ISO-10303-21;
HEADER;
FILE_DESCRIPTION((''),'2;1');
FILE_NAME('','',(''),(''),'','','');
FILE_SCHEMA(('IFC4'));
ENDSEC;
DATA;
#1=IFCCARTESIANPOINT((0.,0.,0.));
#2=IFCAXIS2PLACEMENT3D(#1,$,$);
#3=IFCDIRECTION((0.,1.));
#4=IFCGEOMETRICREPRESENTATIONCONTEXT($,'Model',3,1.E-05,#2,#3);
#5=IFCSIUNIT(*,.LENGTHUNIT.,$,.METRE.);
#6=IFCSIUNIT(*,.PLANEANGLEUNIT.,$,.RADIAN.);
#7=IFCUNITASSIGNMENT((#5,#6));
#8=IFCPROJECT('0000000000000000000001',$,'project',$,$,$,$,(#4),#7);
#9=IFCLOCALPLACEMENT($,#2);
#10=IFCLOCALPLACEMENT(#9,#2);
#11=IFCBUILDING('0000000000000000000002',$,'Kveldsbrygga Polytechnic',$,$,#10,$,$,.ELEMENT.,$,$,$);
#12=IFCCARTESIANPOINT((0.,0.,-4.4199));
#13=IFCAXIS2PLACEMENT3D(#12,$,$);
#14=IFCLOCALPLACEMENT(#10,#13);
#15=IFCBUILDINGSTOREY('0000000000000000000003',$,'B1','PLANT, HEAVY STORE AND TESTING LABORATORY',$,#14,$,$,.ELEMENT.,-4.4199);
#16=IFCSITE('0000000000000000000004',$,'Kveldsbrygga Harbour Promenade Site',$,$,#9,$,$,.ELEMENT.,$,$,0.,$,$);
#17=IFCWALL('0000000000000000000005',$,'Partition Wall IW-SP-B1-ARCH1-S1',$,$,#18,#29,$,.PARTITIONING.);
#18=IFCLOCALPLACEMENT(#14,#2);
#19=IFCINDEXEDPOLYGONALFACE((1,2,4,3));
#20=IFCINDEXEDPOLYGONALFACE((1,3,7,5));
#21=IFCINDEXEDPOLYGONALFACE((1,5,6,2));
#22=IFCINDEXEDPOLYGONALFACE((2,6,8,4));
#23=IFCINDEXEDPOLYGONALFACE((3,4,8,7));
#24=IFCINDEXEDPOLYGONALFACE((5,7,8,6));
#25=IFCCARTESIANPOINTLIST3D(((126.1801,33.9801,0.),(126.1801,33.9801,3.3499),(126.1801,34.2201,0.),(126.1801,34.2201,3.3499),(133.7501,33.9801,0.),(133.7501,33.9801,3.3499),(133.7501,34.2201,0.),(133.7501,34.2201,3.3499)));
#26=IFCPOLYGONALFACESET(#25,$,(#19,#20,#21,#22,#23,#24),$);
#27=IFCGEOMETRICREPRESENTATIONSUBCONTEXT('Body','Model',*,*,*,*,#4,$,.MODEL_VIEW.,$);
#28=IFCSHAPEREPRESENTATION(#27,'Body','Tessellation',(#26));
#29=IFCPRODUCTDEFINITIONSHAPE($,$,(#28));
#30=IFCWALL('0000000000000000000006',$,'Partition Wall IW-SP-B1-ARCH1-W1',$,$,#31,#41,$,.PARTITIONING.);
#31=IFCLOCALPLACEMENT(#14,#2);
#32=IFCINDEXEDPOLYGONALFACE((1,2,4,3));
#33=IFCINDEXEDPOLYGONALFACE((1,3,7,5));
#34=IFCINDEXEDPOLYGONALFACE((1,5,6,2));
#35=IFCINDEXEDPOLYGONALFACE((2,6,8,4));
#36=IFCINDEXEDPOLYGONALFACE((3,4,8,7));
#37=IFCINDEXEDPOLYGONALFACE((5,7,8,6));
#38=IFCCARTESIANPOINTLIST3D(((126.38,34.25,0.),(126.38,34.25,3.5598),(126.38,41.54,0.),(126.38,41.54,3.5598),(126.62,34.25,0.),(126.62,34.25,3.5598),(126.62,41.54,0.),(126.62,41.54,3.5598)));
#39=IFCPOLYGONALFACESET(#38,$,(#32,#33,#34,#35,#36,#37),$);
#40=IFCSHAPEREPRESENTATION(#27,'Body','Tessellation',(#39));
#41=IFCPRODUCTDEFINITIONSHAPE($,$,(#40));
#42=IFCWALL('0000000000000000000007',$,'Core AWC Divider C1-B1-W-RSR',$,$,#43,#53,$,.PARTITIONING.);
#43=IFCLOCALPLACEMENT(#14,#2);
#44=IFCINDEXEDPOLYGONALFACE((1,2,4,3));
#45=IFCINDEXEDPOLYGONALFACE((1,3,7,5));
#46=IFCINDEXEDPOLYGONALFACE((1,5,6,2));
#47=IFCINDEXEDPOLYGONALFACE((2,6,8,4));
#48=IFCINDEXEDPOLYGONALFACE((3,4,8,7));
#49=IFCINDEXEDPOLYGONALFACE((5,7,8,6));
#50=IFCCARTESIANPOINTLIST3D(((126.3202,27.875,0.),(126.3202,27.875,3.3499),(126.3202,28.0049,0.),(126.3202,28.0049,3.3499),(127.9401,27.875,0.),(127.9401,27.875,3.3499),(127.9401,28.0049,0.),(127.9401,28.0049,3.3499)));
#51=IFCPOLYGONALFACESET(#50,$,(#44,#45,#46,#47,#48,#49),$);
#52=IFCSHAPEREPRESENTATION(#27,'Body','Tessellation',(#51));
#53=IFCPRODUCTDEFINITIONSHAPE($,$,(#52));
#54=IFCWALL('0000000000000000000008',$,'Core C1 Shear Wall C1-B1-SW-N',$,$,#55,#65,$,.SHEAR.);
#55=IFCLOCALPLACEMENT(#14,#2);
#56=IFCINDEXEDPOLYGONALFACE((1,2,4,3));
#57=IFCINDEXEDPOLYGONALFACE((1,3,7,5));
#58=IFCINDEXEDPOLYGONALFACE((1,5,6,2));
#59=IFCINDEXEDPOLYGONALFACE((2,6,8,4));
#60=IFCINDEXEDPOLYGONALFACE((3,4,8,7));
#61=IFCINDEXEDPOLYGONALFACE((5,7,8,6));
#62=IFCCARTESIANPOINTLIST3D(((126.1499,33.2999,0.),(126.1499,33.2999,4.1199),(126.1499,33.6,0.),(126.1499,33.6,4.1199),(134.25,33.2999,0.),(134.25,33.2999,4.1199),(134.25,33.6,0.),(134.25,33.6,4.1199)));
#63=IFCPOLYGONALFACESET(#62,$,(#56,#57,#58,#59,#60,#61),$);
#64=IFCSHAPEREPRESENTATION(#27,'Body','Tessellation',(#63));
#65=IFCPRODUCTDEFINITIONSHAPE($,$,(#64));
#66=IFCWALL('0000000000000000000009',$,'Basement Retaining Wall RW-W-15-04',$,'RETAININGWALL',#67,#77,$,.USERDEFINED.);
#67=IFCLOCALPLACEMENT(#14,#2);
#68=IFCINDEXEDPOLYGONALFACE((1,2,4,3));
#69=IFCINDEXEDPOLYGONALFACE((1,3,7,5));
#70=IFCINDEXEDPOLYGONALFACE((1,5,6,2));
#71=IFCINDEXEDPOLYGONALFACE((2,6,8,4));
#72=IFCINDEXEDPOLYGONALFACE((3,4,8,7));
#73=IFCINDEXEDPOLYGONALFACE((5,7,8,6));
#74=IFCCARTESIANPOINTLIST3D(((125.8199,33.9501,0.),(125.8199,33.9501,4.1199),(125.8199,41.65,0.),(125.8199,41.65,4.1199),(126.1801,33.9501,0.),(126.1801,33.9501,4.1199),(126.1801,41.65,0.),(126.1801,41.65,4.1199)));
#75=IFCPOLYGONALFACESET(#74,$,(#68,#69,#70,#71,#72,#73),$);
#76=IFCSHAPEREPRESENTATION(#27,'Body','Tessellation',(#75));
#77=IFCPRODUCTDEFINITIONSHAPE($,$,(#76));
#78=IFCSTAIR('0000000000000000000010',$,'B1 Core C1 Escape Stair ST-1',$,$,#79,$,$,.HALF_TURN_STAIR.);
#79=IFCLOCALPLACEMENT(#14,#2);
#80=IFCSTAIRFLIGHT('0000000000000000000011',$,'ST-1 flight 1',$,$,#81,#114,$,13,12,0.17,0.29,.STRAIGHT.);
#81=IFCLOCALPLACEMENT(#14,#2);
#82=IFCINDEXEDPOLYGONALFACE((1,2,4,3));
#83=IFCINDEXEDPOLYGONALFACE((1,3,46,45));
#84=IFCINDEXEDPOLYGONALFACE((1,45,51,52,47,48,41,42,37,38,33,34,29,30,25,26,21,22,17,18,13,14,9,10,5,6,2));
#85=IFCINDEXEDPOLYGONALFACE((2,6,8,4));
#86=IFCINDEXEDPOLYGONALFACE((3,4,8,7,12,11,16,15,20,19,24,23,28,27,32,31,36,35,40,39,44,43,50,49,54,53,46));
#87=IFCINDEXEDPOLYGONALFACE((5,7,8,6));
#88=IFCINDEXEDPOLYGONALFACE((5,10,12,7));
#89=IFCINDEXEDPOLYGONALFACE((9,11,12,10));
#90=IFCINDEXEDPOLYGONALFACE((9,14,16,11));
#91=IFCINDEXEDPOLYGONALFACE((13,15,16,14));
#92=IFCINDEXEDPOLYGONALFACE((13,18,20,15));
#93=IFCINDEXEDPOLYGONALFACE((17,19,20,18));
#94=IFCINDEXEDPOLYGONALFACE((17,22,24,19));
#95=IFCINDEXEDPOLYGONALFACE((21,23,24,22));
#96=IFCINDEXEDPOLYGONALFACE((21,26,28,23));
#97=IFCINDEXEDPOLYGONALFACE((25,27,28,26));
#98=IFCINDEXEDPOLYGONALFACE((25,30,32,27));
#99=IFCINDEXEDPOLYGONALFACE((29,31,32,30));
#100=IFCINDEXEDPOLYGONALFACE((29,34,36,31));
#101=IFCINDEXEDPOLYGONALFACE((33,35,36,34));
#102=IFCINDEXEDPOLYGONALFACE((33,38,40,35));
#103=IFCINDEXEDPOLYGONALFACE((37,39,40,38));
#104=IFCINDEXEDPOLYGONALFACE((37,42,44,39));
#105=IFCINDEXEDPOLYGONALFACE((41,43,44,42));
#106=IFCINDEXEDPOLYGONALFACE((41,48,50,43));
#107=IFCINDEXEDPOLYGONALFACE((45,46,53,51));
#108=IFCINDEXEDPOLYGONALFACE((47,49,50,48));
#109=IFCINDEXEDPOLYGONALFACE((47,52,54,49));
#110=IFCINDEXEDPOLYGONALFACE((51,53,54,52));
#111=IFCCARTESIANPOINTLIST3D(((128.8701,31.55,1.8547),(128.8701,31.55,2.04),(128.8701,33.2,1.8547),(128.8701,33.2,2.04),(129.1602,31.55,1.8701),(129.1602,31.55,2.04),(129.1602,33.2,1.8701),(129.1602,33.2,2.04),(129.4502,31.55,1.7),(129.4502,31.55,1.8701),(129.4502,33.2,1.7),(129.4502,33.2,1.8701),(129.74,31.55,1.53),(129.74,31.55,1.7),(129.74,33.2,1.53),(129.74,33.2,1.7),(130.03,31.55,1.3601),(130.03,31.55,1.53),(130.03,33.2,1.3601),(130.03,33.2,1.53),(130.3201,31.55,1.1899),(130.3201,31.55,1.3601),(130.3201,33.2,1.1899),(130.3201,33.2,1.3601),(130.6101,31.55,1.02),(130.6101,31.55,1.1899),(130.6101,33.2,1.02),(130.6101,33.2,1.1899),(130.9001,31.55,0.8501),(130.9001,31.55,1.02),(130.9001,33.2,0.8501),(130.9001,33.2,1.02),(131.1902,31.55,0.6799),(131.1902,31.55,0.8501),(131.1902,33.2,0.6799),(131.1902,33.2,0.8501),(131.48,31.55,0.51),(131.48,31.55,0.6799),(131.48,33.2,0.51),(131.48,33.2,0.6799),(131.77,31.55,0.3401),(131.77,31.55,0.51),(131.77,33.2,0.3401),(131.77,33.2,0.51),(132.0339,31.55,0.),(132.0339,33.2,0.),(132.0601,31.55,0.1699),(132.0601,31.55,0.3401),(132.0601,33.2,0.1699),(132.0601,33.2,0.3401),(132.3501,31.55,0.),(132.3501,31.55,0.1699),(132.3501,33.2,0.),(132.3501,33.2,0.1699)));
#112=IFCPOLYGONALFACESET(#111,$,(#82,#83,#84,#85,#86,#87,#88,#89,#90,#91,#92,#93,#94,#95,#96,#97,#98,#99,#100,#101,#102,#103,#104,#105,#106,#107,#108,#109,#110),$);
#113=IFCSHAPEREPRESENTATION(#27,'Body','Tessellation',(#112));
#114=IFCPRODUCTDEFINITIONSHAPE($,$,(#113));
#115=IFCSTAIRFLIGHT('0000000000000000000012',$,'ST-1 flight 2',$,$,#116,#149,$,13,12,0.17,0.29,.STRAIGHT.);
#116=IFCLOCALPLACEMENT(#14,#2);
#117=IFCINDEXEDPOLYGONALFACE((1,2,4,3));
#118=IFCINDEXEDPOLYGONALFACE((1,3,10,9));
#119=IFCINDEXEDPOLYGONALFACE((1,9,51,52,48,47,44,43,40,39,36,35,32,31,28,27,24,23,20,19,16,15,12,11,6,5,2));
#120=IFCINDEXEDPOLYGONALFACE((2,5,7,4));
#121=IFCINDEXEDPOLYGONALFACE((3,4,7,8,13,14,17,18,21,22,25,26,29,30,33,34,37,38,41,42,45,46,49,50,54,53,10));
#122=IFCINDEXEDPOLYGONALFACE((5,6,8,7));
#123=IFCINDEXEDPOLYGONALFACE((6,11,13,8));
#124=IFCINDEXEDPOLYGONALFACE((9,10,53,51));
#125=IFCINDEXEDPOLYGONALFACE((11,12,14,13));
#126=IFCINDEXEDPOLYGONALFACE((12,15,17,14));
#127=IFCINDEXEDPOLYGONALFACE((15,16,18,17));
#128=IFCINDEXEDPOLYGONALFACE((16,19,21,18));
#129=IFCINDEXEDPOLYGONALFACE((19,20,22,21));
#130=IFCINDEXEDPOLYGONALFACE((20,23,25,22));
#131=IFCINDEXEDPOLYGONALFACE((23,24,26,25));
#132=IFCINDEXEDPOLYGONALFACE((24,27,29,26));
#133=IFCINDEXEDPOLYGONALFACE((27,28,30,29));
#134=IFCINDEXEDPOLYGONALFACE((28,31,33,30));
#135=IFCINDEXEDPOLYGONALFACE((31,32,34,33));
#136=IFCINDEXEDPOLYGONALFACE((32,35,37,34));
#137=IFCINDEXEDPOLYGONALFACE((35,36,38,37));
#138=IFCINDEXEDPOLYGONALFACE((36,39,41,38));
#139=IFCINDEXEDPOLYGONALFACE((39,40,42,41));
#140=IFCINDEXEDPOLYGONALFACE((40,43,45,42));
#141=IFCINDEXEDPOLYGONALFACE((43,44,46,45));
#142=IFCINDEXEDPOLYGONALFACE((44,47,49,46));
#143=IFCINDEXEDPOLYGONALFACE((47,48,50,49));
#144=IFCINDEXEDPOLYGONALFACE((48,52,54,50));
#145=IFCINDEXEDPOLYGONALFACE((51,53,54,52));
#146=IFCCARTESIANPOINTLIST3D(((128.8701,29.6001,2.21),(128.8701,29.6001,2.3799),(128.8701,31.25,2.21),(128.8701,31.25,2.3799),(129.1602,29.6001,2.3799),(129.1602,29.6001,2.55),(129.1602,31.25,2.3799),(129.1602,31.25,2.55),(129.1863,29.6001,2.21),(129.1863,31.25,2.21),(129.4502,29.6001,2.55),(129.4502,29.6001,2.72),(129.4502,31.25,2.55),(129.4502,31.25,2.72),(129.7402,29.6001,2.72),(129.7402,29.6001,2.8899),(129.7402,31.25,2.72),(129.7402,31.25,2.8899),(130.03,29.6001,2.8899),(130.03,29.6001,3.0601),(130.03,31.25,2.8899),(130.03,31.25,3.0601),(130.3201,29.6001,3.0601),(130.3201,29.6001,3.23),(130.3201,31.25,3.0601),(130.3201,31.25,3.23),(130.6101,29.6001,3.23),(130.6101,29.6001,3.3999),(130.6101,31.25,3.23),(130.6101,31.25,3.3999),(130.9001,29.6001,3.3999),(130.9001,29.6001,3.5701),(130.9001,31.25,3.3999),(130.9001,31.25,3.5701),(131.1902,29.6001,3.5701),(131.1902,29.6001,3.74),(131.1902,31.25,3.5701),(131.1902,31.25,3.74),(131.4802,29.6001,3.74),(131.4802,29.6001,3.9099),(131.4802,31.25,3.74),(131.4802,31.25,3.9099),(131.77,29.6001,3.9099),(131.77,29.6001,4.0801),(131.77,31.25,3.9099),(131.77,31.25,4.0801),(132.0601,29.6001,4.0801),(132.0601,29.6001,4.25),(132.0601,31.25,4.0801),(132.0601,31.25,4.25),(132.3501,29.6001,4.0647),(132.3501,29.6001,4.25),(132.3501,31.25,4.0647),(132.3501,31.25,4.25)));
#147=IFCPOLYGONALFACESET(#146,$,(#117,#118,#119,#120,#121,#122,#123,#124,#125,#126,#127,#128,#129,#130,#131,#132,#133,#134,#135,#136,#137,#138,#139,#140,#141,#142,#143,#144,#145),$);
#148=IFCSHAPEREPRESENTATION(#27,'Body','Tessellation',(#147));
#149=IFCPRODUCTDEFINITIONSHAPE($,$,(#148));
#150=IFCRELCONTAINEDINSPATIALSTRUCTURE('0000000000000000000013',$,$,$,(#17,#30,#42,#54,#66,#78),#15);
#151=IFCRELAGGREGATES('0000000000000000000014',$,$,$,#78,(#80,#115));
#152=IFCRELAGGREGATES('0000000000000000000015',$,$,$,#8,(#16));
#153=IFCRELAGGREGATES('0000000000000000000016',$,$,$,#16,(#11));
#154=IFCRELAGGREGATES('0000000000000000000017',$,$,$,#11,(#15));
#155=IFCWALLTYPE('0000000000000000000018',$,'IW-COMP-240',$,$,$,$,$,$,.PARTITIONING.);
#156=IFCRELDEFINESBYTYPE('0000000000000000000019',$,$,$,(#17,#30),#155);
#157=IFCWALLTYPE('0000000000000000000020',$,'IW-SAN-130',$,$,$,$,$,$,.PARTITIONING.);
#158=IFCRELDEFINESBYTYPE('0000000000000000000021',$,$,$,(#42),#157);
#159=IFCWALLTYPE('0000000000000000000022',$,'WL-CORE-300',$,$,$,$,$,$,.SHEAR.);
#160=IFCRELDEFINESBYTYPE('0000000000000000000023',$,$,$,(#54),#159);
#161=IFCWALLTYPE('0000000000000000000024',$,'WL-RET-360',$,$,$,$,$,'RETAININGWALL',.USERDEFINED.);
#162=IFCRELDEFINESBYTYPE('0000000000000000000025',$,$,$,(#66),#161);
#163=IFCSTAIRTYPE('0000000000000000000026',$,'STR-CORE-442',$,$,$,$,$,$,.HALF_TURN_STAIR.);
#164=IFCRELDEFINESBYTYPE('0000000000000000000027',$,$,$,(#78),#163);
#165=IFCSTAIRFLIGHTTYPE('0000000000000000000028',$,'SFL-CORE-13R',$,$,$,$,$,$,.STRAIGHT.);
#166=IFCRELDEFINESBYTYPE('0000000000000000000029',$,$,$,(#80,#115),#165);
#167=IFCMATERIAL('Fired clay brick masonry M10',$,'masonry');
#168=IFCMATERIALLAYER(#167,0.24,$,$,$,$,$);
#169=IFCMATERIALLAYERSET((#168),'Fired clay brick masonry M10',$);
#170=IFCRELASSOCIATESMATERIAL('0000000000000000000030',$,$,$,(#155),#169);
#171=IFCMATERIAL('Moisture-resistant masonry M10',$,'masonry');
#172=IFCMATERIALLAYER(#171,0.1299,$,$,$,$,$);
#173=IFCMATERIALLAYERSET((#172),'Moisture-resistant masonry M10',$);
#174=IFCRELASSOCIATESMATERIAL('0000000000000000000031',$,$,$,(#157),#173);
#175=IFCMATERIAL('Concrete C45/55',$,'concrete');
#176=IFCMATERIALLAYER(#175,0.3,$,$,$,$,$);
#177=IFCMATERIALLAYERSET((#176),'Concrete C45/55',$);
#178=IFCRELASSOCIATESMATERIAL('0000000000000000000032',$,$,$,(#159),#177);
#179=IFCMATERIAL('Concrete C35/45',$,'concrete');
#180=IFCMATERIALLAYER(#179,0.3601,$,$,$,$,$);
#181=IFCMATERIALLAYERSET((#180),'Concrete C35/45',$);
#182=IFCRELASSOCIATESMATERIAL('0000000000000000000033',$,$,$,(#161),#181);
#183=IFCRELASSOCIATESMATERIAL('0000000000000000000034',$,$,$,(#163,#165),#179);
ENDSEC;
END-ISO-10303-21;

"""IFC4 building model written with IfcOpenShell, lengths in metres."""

from ifc_helpers import new_model, si_unit, direction, frame, frame_2d, origin, place, context, subcontext, project, spatial, polyline, rectangle, outline, extrude, material, layer, layer_set, type_object, element, aggregate, save


model = new_model("IFC4")

# Units and contexts
model_context = context("Model", 3, precision=1e-05, world=origin(), true_north=direction((0.0, 1.0)))
body_context = subcontext(model_context, "Body", "Model", "MODEL_VIEW")
ifc_project = project(units=[si_unit("LENGTHUNIT", "METRE"), si_unit("PLANEANGLEUNIT", "RADIAN")], contexts=[model_context])

# Site, building, storey
site_placement = place(None, origin())
site = spatial("IfcSite", under=ifc_project, at=site_placement, Name="Kveldsbrygga Harbour Promenade Site", CompositionType="ELEMENT", RefElevation=0.0)
building_placement = place(site_placement, origin())
building = spatial("IfcBuilding", under=site, at=building_placement, Name="Kveldsbrygga Polytechnic", CompositionType="ELEMENT")
storey_placement = place(building_placement, frame((0.0, 0.0, -4.4199)))
storey = spatial("IfcBuildingStorey", under=building, at=storey_placement, Name="B1", Description="PLANT, HEAVY STORE AND TESTING LABORATORY", CompositionType="ELEMENT", Elevation=-4.4199)

# Shared definitions
ifc_material_1 = material(Name="Concrete C45/55", Category="concrete")

# Shared definitions
ifc_material_2 = material(Name="Concrete C35/45", Category="concrete")

# Walls
ifc_material_3 = material(Name="Fired clay brick masonry M10", Category="masonry")
ifc_layer_1 = layer(ifc_material_3, 0.24)
ifc_layer_set_1 = layer_set([ifc_layer_1], Name="Fired clay brick masonry M10")
wall_type_1 = type_object("IfcWallType", Name="IW-COMP-240", PredefinedType="PARTITIONING", material=ifc_layer_set_1)
wall_1_placement = place(storey_placement, frame((126.1799, 34.1001, 0.0), z_axis=(0.0, 0.0, 1.0), x_axis=(1.0, 0.0, 0.0)))
element("IfcWall", 1, at=wall_1_placement, inside=storey, type_object=wall_type_1, Name="Partition Wall IW-SP-B1-ARCH1-S1", PredefinedType="PARTITIONING", context=body_context, shape_type="SweptSolid", body=[
    extrude(rectangle(XDim=7.5701, YDim=0.24, at=frame_2d((3.7852, 0.0))), origin(), (0.0, 0.0, 1.0), 3.3499),
])
wall_2_placement = place(storey_placement, frame((126.5, 34.25, 0.0), z_axis=(0.0, 0.0, 1.0), x_axis=(0.0, 1.0, 0.0)))
element("IfcWall", 2, at=wall_2_placement, inside=storey, type_object=wall_type_1, Name="Partition Wall IW-SP-B1-ARCH1-W1", PredefinedType="PARTITIONING", context=body_context, shape_type="SweptSolid", body=[
    extrude(rectangle(XDim=7.29, YDim=0.24, at=frame_2d((3.645, 0.0))), origin(), (0.0, 0.0, 1.0), 3.5598),
])
ifc_material_4 = material(Name="Moisture-resistant masonry M10", Category="masonry")
ifc_layer_2 = layer(ifc_material_4, 0.1299)
ifc_layer_set_2 = layer_set([ifc_layer_2], Name="Moisture-resistant masonry M10")
wall_type_2 = type_object("IfcWallType", Name="IW-SAN-130", PredefinedType="PARTITIONING", material=ifc_layer_set_2)
wall_3_placement = place(storey_placement, frame((126.3201, 27.9399, 0.0), z_axis=(0.0, 0.0, 1.0), x_axis=(1.0, 0.0, 0.0)))
element("IfcWall", 3, at=wall_3_placement, inside=storey, type_object=wall_type_2, Name="Core AWC Divider C1-B1-W-RSR", PredefinedType="PARTITIONING", context=body_context, shape_type="SweptSolid", body=[
    extrude(rectangle(XDim=1.6199, YDim=0.1299, at=frame_2d((0.8101, 0.0))), origin(), (0.0, 0.0, 1.0), 3.3499),
])
ifc_layer_3 = layer(ifc_material_1, 0.3)
ifc_layer_set_3 = layer_set([ifc_layer_3], Name="Concrete C45/55")
wall_type_3 = type_object("IfcWallType", Name="WL-CORE-300", PredefinedType="SHEAR", material=ifc_layer_set_3)
wall_4_placement = place(storey_placement, frame((126.1499, 33.45, 0.0), z_axis=(0.0, 0.0, 1.0), x_axis=(1.0, 0.0, 0.0)))
element("IfcWall", 4, at=wall_4_placement, inside=storey, type_object=wall_type_3, Name="Core C1 Shear Wall C1-B1-SW-N", PredefinedType="SHEAR", context=body_context, shape_type="SweptSolid", body=[
    extrude(rectangle(XDim=8.1001, YDim=0.3, at=frame_2d((4.05, 0.0))), origin(), (0.0, 0.0, 1.0), 4.1199),
])

# Wall
ifc_layer_4 = layer(ifc_material_2, 0.3601)
ifc_layer_set_4 = layer_set([ifc_layer_4], Name="Concrete C35/45")
wall_type_4 = type_object("IfcWallType", Name="WL-RET-360", ElementType="RETAININGWALL", PredefinedType="USERDEFINED", material=ifc_layer_set_4)
wall_5_placement = place(storey_placement, frame((126.0, 33.95, 0.0), z_axis=(0.0, 0.0, 1.0), x_axis=(0.0, 1.0, 0.0)))
element("IfcWall", 5, at=wall_5_placement, inside=storey, type_object=wall_type_4, Name="Basement Retaining Wall RW-W-15-04", ObjectType="RETAININGWALL", PredefinedType="USERDEFINED", context=body_context, shape_type="SweptSolid", body=[
    extrude(rectangle(XDim=7.7, YDim=0.3601, at=frame_2d((3.8501, 0.0))), origin(), (0.0, 0.0, 1.0), 4.1199),
])

# Stair, stair flights
stair_type = type_object("IfcStairType", Name="STR-CORE-442", PredefinedType="HALF_TURN_STAIR", material=ifc_material_2)
stair_placement = place(storey_placement, origin())
stair = element("IfcStair", 6, at=stair_placement, inside=storey, type_object=stair_type, Name="B1 Core C1 Escape Stair ST-1", PredefinedType="HALF_TURN_STAIR")
stair_flight_type = type_object("IfcStairFlightType", Name="SFL-CORE-13R", PredefinedType="STRAIGHT", material=ifc_material_2)
stair_flight_1_placement = place(storey_placement, frame((132.3501, 32.375, 0.0), z_axis=(0.0, 0.0, 1.0), x_axis=(-1.0, 0.0, 0.0)))
stair_flight_1 = element("IfcStairFlight", 7, at=stair_flight_1_placement, type_object=stair_flight_type, Name="ST-1 flight 1", NumberOfRisers=13, NumberOfTreads=12, PredefinedType="STRAIGHT", RiserHeight=0.17, TreadLength=0.29, context=body_context, shape_type="SweptSolid", body=[
    extrude(outline(polyline([(0.0, 0.0), (0.0, 0.1699), (0.29, 0.1699), (0.29, 0.3401), (0.5801, 0.3401), (0.5801, 0.51), (0.8701, 0.51), (0.8701, 0.6799), (1.1599, 0.6799), (1.1599, 0.8501), (1.45, 0.8501), (1.45, 1.02), (1.74, 1.02), (1.74, 1.1899), (2.03, 1.1899), (2.03, 1.3601), (2.3201, 1.3601), (2.3201, 1.53), (2.6101, 1.53), (2.6101, 1.7), (2.8999, 1.7), (2.8999, 1.8701), (3.1899, 1.8701), (3.1899, 2.04), (3.48, 2.04), (3.48, 2.21), (3.48, 1.8547), (0.3162, 0.0), (0.0, 0.0)])), frame((0.0, 0.825, 0.0), z_axis=(0.0, -1.0, 0.0), x_axis=(1.0, 0.0, 0.0)), (0.0, 0.0, 1.0), 1.6499),
])
stair_flight_2_placement = place(storey_placement, frame((128.8701, 30.425, 2.21), z_axis=(0.0, 0.0, 1.0), x_axis=(1.0, 0.0, 0.0)))
stair_flight_2 = element("IfcStairFlight", 8, at=stair_flight_2_placement, type_object=stair_flight_type, Name="ST-1 flight 2", NumberOfRisers=13, NumberOfTreads=12, PredefinedType="STRAIGHT", RiserHeight=0.17, TreadLength=0.29, context=body_context, shape_type="SweptSolid", body=[
    extrude(outline(polyline([(0.0, 0.0), (0.0, 0.1699), (0.29, 0.1699), (0.29, 0.3401), (0.5801, 0.3401), (0.5801, 0.51), (0.8701, 0.51), (0.8701, 0.6799), (1.1599, 0.6799), (1.1599, 0.8501), (1.45, 0.8501), (1.45, 1.02), (1.74, 1.02), (1.74, 1.1899), (2.03, 1.1899), (2.03, 1.3601), (2.3201, 1.3601), (2.3201, 1.53), (2.6101, 1.53), (2.6101, 1.7), (2.8999, 1.7), (2.8999, 1.8701), (3.1899, 1.8701), (3.1899, 2.04), (3.48, 2.04), (3.48, 2.21), (3.48, 1.8547), (0.3162, 0.0), (0.0, 0.0)])), frame((0.0, 0.825, 0.0), z_axis=(0.0, -1.0, 0.0), x_axis=(1.0, 0.0, 0.0)), (0.0, 0.0, 1.0), 1.6499),
])
aggregate(stair, [stair_flight_1, stair_flight_2])

save(model, "model.ifc")
